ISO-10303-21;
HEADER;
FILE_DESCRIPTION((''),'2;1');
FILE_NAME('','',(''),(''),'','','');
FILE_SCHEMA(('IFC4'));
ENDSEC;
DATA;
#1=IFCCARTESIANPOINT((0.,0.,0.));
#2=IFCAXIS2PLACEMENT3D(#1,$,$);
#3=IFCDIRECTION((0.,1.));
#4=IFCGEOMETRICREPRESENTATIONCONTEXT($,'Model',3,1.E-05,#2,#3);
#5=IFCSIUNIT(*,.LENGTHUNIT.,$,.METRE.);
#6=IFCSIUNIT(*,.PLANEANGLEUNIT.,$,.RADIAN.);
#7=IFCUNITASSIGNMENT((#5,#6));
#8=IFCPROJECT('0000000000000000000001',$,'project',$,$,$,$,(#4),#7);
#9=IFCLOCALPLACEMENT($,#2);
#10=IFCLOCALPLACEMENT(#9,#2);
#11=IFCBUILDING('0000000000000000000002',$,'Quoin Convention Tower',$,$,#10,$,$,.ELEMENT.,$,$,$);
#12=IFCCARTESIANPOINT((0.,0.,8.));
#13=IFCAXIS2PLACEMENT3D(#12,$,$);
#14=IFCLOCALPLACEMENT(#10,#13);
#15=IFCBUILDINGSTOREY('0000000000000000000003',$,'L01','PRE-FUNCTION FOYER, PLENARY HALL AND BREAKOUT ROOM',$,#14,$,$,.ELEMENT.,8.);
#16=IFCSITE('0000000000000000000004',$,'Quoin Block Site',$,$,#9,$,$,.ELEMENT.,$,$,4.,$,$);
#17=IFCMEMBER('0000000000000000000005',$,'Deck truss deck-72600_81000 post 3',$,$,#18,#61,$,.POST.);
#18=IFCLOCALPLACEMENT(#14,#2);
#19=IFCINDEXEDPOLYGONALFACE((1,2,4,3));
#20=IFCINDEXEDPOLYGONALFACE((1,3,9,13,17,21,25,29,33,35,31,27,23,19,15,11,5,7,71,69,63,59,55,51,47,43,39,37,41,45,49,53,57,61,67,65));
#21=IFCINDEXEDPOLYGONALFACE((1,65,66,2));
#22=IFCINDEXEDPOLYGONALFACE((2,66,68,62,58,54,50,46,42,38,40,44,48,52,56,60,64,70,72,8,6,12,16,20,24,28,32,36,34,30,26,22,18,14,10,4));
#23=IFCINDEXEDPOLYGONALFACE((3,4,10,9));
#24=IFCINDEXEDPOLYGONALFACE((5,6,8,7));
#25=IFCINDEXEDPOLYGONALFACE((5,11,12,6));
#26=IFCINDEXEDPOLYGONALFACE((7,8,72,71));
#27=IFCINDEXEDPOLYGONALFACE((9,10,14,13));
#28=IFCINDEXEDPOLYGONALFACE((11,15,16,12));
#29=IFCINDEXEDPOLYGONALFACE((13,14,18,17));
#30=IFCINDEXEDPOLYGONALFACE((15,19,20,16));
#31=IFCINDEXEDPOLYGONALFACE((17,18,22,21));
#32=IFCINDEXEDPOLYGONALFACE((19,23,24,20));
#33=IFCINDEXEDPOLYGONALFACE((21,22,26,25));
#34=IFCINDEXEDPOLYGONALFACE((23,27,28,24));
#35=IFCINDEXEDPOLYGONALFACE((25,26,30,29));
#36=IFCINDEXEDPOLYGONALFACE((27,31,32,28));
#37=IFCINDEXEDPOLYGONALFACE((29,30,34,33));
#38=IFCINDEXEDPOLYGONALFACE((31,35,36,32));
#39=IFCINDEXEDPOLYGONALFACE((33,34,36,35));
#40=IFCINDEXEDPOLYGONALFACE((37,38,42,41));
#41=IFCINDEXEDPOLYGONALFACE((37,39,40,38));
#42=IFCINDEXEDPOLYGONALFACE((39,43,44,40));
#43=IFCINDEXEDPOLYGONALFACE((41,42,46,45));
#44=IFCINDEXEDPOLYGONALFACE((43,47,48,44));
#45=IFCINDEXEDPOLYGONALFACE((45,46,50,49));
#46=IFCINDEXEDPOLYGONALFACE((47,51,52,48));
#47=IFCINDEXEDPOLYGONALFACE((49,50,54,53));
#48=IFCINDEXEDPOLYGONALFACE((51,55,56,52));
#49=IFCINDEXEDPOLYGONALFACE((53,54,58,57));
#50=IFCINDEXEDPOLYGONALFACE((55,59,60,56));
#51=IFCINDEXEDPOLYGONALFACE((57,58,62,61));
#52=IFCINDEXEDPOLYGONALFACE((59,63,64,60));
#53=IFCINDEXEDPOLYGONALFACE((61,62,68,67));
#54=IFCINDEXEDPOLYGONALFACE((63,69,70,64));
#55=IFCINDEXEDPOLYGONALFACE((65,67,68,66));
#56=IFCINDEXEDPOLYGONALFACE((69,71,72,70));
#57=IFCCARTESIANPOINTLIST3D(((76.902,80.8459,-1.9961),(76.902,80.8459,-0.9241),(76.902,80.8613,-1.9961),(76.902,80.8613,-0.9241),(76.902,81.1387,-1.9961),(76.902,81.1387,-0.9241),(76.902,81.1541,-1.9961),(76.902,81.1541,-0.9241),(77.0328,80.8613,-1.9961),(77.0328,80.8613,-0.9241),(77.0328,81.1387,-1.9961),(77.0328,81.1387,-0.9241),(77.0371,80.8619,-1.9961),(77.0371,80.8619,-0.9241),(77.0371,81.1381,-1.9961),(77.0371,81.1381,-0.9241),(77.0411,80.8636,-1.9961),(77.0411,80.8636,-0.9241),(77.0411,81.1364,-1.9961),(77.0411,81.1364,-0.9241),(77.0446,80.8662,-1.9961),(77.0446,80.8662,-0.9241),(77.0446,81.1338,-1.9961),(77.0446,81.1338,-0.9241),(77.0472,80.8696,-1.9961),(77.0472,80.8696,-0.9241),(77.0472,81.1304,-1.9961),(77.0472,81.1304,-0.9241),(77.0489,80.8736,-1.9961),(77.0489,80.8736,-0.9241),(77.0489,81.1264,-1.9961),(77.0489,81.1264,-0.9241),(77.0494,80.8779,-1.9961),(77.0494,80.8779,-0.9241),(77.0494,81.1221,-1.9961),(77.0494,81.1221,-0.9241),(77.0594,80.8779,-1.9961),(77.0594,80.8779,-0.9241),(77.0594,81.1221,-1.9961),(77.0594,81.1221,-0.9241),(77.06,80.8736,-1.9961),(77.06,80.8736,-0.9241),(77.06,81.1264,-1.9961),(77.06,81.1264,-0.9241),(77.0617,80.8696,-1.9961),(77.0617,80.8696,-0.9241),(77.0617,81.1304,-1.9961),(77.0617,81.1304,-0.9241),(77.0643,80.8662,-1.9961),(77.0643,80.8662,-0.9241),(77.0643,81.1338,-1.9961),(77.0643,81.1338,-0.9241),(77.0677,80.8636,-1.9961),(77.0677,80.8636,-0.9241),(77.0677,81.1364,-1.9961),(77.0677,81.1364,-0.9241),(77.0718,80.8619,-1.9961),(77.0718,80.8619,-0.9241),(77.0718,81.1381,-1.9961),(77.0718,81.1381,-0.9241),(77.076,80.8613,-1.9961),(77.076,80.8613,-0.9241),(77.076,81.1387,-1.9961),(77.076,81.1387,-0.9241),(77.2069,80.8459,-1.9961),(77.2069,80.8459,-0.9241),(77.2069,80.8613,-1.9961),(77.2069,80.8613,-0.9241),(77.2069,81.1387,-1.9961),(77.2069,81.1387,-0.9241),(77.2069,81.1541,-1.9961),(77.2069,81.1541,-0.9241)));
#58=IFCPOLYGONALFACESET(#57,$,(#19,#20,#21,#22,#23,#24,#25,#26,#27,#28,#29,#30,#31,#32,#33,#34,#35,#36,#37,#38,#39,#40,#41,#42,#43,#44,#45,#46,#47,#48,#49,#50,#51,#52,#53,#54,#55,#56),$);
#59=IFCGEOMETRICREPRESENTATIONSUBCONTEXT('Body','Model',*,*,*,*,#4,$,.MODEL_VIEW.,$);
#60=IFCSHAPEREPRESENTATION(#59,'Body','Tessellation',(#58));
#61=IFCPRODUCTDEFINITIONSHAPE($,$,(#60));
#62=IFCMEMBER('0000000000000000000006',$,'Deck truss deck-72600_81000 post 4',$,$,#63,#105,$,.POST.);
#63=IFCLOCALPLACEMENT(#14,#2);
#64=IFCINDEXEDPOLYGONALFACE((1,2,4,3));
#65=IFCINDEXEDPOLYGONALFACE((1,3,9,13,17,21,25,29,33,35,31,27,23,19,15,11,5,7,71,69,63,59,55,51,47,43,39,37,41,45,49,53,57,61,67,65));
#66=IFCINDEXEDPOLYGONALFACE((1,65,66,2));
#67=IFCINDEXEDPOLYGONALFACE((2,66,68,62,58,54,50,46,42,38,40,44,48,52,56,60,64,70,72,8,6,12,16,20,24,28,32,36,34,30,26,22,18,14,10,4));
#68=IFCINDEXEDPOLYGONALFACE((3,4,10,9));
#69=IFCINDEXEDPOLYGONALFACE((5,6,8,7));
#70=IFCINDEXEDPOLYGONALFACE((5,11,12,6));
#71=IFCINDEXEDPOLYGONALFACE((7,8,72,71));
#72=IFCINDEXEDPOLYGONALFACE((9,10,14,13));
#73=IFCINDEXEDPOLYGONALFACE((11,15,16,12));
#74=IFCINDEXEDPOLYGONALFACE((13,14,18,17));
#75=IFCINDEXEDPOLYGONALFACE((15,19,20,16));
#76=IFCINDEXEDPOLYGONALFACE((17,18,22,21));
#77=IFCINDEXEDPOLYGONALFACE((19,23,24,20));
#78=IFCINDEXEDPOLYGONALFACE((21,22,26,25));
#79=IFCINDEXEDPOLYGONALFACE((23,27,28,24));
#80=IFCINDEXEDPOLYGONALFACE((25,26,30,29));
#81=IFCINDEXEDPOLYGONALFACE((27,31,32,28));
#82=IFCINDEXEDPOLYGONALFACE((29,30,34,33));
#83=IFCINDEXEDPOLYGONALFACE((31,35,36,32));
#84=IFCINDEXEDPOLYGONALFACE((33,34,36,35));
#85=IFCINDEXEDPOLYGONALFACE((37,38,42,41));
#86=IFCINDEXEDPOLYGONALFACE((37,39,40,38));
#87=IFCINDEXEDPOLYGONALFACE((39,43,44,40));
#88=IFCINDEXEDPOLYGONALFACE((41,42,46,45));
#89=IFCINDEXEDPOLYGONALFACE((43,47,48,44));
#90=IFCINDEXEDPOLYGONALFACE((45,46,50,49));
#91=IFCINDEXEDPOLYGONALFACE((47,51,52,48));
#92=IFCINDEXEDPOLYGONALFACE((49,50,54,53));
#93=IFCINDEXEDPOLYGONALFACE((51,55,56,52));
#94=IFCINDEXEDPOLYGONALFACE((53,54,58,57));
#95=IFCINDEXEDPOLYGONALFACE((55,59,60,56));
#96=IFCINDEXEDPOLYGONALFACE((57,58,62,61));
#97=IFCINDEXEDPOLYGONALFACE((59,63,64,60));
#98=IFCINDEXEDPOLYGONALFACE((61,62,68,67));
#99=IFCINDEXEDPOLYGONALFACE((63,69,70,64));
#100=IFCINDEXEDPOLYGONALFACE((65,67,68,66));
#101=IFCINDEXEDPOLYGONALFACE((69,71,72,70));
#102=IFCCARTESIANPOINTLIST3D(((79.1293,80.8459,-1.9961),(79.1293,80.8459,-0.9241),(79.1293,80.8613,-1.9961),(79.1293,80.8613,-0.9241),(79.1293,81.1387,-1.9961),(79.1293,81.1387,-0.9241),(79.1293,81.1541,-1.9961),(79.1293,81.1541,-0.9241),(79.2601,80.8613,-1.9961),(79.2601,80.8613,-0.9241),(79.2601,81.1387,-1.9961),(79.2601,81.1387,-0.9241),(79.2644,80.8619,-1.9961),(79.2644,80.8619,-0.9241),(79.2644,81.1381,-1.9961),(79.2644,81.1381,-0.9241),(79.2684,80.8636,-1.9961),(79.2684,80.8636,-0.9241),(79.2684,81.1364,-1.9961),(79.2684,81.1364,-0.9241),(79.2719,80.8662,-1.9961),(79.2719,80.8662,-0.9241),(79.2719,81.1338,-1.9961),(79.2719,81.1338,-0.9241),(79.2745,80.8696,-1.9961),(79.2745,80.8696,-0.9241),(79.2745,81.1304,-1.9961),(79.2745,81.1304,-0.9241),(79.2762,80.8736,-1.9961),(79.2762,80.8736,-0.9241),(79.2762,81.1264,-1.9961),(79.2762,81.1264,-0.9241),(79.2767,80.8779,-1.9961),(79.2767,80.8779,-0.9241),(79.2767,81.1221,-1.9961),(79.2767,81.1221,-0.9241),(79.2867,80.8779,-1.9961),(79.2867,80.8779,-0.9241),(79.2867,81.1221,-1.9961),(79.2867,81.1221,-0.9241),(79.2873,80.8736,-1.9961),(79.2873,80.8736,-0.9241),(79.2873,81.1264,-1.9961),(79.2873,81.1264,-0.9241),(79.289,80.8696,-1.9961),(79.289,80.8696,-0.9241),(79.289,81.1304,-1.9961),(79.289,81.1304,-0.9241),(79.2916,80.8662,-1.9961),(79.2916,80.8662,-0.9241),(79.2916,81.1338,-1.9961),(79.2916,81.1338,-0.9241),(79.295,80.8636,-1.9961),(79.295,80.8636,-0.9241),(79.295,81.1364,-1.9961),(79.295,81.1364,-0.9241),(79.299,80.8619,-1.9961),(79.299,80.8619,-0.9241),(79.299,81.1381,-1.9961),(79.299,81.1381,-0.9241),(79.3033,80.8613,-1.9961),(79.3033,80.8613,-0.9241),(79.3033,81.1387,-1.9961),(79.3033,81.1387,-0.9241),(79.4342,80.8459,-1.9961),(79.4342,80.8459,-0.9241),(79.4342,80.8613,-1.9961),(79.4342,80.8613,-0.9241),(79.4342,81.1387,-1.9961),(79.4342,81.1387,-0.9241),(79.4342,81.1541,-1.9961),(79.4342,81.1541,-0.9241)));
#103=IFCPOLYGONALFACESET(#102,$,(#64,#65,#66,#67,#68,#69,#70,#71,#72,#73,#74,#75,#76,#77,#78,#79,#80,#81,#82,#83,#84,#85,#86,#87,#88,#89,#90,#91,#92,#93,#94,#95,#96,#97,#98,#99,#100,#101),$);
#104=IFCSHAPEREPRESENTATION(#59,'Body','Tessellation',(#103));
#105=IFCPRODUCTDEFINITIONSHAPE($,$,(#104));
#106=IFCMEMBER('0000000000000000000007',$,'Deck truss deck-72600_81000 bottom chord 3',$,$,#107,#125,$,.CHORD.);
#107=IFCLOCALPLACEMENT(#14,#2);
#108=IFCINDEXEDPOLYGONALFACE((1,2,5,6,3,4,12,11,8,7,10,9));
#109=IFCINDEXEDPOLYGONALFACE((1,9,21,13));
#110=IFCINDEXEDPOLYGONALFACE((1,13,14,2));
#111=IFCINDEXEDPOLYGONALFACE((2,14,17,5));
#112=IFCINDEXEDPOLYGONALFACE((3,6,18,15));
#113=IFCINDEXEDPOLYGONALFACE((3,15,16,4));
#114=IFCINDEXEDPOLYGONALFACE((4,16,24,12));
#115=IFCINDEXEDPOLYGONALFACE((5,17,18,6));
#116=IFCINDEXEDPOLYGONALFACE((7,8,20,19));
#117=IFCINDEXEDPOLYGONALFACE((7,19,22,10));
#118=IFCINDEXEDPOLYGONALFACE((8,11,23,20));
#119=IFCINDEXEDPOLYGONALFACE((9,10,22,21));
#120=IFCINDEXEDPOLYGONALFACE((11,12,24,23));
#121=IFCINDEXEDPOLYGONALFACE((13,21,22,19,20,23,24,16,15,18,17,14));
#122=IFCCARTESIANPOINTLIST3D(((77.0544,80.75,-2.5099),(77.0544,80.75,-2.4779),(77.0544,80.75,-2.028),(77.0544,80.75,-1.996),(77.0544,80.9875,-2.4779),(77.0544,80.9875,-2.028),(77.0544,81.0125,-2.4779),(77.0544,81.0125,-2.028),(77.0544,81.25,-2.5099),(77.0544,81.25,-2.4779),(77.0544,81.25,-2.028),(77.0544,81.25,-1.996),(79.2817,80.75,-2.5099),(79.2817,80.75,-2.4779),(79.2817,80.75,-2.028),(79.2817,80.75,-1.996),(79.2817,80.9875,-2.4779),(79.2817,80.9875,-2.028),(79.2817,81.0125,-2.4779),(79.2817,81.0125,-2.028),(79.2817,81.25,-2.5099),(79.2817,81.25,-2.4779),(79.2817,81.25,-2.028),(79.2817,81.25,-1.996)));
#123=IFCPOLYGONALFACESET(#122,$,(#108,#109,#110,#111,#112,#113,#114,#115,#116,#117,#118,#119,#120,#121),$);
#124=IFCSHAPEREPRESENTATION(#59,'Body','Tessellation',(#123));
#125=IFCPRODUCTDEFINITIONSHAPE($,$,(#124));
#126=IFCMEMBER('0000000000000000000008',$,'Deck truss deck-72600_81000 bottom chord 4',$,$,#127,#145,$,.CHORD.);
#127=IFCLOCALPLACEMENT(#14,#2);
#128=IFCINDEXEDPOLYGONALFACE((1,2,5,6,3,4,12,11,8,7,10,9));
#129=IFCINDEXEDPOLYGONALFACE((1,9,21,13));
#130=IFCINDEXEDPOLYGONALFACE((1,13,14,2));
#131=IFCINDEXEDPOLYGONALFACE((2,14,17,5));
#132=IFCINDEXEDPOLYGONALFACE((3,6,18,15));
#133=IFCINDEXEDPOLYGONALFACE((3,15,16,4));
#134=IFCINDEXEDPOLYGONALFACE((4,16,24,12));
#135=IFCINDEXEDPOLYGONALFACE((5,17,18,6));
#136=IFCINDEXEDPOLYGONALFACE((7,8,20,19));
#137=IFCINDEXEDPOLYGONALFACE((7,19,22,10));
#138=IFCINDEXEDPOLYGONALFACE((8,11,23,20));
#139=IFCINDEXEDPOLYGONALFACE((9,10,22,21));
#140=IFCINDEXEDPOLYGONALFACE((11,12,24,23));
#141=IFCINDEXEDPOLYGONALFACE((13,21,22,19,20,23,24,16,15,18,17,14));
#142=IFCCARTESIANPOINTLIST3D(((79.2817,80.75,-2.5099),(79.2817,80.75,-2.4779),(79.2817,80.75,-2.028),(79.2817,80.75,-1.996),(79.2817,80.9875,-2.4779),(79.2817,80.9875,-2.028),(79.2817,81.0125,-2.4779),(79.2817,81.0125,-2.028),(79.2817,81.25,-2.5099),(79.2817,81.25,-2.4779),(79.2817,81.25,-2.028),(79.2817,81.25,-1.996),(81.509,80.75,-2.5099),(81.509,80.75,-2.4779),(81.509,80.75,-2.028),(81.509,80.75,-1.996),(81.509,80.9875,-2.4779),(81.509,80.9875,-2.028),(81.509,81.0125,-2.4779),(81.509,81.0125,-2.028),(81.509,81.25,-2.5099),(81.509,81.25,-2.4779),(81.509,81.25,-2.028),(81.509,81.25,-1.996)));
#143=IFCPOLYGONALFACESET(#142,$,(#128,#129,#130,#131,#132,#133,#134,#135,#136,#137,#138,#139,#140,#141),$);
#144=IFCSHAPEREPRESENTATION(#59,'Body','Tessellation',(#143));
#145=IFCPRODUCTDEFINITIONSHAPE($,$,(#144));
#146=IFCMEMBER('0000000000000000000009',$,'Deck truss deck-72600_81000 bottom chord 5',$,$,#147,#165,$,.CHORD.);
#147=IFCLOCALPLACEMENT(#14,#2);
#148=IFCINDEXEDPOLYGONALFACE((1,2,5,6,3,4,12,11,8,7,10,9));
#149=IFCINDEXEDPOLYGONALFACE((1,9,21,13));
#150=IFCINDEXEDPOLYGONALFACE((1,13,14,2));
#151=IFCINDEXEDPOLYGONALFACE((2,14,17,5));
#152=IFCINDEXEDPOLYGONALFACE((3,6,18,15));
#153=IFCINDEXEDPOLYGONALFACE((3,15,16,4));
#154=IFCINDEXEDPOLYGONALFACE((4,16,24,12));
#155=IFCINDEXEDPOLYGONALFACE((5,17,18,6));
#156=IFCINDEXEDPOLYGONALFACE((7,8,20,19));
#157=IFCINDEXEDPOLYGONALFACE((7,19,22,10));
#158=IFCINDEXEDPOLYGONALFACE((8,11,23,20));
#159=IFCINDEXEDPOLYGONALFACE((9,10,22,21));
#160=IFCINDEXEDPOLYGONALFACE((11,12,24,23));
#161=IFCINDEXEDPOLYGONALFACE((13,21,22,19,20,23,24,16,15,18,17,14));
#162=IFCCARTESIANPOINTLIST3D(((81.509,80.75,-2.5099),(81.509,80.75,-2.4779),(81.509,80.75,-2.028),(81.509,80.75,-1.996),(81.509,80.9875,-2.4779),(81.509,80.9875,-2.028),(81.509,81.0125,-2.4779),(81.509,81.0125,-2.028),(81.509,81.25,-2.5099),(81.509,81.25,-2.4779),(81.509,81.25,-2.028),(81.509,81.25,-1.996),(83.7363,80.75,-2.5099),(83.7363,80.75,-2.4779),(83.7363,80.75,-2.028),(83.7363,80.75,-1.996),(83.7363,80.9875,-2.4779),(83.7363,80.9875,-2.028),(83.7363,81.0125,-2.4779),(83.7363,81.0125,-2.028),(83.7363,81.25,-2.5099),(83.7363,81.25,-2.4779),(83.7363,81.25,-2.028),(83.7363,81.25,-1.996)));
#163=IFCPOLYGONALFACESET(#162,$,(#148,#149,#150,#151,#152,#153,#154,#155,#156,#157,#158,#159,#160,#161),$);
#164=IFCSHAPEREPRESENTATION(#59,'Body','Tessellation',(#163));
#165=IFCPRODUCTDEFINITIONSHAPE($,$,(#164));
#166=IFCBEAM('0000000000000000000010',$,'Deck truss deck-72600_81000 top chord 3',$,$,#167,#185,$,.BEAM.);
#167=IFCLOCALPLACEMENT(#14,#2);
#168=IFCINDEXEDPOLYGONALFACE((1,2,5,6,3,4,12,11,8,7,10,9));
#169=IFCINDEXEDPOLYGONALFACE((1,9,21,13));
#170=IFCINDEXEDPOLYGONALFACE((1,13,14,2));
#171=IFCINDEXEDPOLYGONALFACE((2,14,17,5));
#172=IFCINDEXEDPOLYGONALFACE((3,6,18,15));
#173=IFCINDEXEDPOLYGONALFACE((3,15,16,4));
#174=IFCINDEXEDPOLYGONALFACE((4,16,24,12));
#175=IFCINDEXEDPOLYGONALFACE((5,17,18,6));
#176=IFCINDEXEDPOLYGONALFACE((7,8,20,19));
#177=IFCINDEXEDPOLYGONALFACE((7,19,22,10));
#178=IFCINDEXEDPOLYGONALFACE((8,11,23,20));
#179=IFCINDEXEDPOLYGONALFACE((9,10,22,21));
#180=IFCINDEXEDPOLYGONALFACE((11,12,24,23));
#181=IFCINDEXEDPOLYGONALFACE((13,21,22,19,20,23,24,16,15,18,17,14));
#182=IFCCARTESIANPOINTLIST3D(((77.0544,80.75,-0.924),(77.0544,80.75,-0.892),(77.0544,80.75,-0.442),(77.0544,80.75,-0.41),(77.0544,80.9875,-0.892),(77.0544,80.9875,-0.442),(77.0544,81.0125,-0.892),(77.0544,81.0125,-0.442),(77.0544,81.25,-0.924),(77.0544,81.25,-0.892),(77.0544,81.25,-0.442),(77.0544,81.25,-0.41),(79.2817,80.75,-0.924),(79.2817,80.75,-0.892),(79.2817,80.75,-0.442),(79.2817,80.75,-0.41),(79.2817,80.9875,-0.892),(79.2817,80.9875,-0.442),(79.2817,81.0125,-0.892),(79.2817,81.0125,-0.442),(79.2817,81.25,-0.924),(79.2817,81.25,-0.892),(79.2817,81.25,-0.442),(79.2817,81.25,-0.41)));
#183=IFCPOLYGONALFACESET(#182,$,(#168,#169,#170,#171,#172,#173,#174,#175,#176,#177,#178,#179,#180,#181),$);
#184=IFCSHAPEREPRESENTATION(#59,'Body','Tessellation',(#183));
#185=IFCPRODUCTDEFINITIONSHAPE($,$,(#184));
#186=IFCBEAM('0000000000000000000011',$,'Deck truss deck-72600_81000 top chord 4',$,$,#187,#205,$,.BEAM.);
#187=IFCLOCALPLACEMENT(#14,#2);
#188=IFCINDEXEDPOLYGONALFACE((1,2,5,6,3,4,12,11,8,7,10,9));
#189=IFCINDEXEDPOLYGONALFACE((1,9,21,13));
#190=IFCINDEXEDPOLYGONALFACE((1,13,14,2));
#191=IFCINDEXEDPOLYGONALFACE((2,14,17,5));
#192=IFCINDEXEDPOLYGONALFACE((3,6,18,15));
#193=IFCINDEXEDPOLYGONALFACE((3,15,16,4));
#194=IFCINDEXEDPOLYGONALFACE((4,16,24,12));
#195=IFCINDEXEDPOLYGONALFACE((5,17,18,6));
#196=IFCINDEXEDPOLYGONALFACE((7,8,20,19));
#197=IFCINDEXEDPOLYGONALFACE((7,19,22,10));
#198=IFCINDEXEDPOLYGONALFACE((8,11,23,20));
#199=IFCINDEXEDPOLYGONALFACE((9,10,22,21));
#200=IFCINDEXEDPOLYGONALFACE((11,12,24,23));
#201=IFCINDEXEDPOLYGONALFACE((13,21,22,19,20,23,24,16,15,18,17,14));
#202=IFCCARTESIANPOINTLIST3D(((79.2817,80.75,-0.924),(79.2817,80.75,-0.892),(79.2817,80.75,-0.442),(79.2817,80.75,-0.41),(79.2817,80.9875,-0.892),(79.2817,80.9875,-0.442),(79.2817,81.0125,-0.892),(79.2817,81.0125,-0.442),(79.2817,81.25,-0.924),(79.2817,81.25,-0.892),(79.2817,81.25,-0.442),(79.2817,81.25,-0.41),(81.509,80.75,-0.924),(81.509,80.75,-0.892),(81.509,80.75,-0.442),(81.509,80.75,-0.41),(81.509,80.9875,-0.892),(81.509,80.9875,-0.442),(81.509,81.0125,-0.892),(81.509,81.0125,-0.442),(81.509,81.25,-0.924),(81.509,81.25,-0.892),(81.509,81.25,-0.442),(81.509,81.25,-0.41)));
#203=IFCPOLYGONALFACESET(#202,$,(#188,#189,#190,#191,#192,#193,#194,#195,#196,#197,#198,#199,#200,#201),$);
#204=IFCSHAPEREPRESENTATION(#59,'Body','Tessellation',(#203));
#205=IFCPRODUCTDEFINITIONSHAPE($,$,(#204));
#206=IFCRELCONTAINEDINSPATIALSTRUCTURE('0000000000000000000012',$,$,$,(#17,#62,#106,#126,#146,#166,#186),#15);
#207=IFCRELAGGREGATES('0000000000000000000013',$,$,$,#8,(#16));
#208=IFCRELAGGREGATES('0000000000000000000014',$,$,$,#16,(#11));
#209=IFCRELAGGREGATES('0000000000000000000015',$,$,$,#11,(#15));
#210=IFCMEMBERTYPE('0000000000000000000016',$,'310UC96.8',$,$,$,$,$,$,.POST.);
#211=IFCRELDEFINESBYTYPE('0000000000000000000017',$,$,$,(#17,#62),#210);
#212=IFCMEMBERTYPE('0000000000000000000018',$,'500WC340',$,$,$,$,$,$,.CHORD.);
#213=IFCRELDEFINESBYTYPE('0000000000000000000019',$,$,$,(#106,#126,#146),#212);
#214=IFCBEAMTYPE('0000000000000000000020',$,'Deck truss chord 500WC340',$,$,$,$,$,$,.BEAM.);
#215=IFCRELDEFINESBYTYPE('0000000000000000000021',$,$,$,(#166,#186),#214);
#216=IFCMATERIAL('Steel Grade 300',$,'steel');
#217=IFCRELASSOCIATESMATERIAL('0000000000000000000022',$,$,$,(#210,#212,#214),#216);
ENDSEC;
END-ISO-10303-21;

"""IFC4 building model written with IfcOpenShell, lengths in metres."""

from ifc_helpers import new_model, si_unit, direction, frame, origin, origin_2d, place, context, subcontext, project, spatial, i_section, extrude, material, material_profile, profile_set, type_object, element, save


model = new_model("IFC4")

# Units and contexts
model_context = context("Model", 3, precision=1e-05, world=origin(), true_north=direction((0.0, 1.0)))
body_context = subcontext(model_context, "Body", "Model", "MODEL_VIEW")
ifc_project = project(units=[si_unit("LENGTHUNIT", "METRE"), si_unit("PLANEANGLEUNIT", "RADIAN")], contexts=[model_context])

# Site, building, storey
site_placement = place(None, origin())
site = spatial("IfcSite", under=ifc_project, at=site_placement, Name="Quoin Block Site", CompositionType="ELEMENT", RefElevation=4.0)
building_placement = place(site_placement, origin())
building = spatial("IfcBuilding", under=site, at=building_placement, Name="Quoin Convention Tower", CompositionType="ELEMENT")
storey_placement = place(building_placement, frame((0.0, 0.0, 8.0)))
storey = spatial("IfcBuildingStorey", under=building, at=storey_placement, Name="L01", Description="PRE-FUNCTION FOYER, PLENARY HALL AND BREAKOUT ROOM", CompositionType="ELEMENT", Elevation=8.0)

# Shared definitions
ifc_material_1 = material(Name="Steel Grade 300", Category="steel")

# Members
ifc_material_profile_1 = material_profile(ifc_material_1, i_section(OverallWidth=0.3049, OverallDepth=0.3081, WebThickness=0.01, FlangeThickness=0.0154, FilletRadius=0.0166, at=origin_2d()), Name="310UC96.8")
ifc_profile_set_1 = profile_set([ifc_material_profile_1], Name="Steel Grade 300")
member_type_1 = type_object("IfcMemberType", Name="310UC96.8", PredefinedType="POST", material=ifc_profile_set_1)
for number, where, z_axis, x_axis, name in (
    (1, (77.0544, 81.0, -1.9961), (0.0, 0.0, 1.0), (1.0, 0.0, 0.0), "Deck truss deck-72600_81000 post 3"),
    (2, (79.2817, 81.0, -1.9961), (0.0, 0.0, 1.0), (1.0, 0.0, 0.0), "Deck truss deck-72600_81000 post 4"),
):
    element("IfcMember", number, at=place(storey_placement, frame(where, z_axis=z_axis, x_axis=x_axis)), inside=storey, type_object=member_type_1, Name=name, PredefinedType="POST", context=body_context, shape_type="SweptSolid", body=[
        extrude(i_section(OverallWidth=0.3049, OverallDepth=0.3081, WebThickness=0.01, FlangeThickness=0.0154, FilletRadius=0.0166, at=origin_2d()), origin(), (0.0, 0.0, 1.0), 1.072),
    ])
ifc_material_profile_2 = material_profile(ifc_material_1, i_section(OverallWidth=0.5, OverallDepth=0.5139, WebThickness=0.0249, FlangeThickness=0.032, at=origin_2d()), Name="500WC340")
ifc_profile_set_2 = profile_set([ifc_material_profile_2], Name="Steel Grade 300")
member_type_2 = type_object("IfcMemberType", Name="500WC340", PredefinedType="CHORD", material=ifc_profile_set_2)
for number, where, z_axis, x_axis, name in (
    (3, (77.0544, 81.0, -2.2529), (1.0, 0.0, 0.0), (0.0, 1.0, 0.0), "Deck truss deck-72600_81000 bottom chord 3"),
    (4, (79.2817, 81.0, -2.2529), (1.0, 0.0, 0.0), (0.0, 1.0, 0.0), "Deck truss deck-72600_81000 bottom chord 4"),
    (5, (81.509, 81.0, -2.2529), (1.0, 0.0, 0.0), (0.0, 1.0, 0.0), "Deck truss deck-72600_81000 bottom chord 5"),
):
    element("IfcMember", number, at=place(storey_placement, frame(where, z_axis=z_axis, x_axis=x_axis)), inside=storey, type_object=member_type_2, Name=name, PredefinedType="CHORD", context=body_context, shape_type="SweptSolid", body=[
        extrude(i_section(OverallWidth=0.5, OverallDepth=0.5139, WebThickness=0.0249, FlangeThickness=0.032, at=origin_2d()), origin(), (0.0, 0.0, 1.0), 2.2273),
    ])

# Beams
ifc_material_profile_3 = material_profile(ifc_material_1, i_section(OverallWidth=0.5, OverallDepth=0.5139, WebThickness=0.0249, FlangeThickness=0.032, at=origin_2d()), Name="500WC340")
ifc_profile_set_3 = profile_set([ifc_material_profile_3], Name="Steel Grade 300")
beam_type_1 = type_object("IfcBeamType", Name="Deck truss chord 500WC340", PredefinedType="BEAM", material=ifc_profile_set_3)
for number, where, z_axis, x_axis, name in (
    (6, (77.0544, 81.0, -0.667), (1.0, 0.0, 0.0), (0.0, 1.0, 0.0), "Deck truss deck-72600_81000 top chord 3"),
    (7, (79.2817, 81.0, -0.667), (1.0, 0.0, 0.0), (0.0, 1.0, 0.0), "Deck truss deck-72600_81000 top chord 4"),
):
    element("IfcBeam", number, at=place(storey_placement, frame(where, z_axis=z_axis, x_axis=x_axis)), inside=storey, type_object=beam_type_1, Name=name, PredefinedType="BEAM", context=body_context, shape_type="SweptSolid", body=[
        extrude(i_section(OverallWidth=0.5, OverallDepth=0.5139, WebThickness=0.0249, FlangeThickness=0.032, at=origin_2d()), origin(), (0.0, 0.0, 1.0), 2.2273),
    ])

save(model, "model.ifc")
